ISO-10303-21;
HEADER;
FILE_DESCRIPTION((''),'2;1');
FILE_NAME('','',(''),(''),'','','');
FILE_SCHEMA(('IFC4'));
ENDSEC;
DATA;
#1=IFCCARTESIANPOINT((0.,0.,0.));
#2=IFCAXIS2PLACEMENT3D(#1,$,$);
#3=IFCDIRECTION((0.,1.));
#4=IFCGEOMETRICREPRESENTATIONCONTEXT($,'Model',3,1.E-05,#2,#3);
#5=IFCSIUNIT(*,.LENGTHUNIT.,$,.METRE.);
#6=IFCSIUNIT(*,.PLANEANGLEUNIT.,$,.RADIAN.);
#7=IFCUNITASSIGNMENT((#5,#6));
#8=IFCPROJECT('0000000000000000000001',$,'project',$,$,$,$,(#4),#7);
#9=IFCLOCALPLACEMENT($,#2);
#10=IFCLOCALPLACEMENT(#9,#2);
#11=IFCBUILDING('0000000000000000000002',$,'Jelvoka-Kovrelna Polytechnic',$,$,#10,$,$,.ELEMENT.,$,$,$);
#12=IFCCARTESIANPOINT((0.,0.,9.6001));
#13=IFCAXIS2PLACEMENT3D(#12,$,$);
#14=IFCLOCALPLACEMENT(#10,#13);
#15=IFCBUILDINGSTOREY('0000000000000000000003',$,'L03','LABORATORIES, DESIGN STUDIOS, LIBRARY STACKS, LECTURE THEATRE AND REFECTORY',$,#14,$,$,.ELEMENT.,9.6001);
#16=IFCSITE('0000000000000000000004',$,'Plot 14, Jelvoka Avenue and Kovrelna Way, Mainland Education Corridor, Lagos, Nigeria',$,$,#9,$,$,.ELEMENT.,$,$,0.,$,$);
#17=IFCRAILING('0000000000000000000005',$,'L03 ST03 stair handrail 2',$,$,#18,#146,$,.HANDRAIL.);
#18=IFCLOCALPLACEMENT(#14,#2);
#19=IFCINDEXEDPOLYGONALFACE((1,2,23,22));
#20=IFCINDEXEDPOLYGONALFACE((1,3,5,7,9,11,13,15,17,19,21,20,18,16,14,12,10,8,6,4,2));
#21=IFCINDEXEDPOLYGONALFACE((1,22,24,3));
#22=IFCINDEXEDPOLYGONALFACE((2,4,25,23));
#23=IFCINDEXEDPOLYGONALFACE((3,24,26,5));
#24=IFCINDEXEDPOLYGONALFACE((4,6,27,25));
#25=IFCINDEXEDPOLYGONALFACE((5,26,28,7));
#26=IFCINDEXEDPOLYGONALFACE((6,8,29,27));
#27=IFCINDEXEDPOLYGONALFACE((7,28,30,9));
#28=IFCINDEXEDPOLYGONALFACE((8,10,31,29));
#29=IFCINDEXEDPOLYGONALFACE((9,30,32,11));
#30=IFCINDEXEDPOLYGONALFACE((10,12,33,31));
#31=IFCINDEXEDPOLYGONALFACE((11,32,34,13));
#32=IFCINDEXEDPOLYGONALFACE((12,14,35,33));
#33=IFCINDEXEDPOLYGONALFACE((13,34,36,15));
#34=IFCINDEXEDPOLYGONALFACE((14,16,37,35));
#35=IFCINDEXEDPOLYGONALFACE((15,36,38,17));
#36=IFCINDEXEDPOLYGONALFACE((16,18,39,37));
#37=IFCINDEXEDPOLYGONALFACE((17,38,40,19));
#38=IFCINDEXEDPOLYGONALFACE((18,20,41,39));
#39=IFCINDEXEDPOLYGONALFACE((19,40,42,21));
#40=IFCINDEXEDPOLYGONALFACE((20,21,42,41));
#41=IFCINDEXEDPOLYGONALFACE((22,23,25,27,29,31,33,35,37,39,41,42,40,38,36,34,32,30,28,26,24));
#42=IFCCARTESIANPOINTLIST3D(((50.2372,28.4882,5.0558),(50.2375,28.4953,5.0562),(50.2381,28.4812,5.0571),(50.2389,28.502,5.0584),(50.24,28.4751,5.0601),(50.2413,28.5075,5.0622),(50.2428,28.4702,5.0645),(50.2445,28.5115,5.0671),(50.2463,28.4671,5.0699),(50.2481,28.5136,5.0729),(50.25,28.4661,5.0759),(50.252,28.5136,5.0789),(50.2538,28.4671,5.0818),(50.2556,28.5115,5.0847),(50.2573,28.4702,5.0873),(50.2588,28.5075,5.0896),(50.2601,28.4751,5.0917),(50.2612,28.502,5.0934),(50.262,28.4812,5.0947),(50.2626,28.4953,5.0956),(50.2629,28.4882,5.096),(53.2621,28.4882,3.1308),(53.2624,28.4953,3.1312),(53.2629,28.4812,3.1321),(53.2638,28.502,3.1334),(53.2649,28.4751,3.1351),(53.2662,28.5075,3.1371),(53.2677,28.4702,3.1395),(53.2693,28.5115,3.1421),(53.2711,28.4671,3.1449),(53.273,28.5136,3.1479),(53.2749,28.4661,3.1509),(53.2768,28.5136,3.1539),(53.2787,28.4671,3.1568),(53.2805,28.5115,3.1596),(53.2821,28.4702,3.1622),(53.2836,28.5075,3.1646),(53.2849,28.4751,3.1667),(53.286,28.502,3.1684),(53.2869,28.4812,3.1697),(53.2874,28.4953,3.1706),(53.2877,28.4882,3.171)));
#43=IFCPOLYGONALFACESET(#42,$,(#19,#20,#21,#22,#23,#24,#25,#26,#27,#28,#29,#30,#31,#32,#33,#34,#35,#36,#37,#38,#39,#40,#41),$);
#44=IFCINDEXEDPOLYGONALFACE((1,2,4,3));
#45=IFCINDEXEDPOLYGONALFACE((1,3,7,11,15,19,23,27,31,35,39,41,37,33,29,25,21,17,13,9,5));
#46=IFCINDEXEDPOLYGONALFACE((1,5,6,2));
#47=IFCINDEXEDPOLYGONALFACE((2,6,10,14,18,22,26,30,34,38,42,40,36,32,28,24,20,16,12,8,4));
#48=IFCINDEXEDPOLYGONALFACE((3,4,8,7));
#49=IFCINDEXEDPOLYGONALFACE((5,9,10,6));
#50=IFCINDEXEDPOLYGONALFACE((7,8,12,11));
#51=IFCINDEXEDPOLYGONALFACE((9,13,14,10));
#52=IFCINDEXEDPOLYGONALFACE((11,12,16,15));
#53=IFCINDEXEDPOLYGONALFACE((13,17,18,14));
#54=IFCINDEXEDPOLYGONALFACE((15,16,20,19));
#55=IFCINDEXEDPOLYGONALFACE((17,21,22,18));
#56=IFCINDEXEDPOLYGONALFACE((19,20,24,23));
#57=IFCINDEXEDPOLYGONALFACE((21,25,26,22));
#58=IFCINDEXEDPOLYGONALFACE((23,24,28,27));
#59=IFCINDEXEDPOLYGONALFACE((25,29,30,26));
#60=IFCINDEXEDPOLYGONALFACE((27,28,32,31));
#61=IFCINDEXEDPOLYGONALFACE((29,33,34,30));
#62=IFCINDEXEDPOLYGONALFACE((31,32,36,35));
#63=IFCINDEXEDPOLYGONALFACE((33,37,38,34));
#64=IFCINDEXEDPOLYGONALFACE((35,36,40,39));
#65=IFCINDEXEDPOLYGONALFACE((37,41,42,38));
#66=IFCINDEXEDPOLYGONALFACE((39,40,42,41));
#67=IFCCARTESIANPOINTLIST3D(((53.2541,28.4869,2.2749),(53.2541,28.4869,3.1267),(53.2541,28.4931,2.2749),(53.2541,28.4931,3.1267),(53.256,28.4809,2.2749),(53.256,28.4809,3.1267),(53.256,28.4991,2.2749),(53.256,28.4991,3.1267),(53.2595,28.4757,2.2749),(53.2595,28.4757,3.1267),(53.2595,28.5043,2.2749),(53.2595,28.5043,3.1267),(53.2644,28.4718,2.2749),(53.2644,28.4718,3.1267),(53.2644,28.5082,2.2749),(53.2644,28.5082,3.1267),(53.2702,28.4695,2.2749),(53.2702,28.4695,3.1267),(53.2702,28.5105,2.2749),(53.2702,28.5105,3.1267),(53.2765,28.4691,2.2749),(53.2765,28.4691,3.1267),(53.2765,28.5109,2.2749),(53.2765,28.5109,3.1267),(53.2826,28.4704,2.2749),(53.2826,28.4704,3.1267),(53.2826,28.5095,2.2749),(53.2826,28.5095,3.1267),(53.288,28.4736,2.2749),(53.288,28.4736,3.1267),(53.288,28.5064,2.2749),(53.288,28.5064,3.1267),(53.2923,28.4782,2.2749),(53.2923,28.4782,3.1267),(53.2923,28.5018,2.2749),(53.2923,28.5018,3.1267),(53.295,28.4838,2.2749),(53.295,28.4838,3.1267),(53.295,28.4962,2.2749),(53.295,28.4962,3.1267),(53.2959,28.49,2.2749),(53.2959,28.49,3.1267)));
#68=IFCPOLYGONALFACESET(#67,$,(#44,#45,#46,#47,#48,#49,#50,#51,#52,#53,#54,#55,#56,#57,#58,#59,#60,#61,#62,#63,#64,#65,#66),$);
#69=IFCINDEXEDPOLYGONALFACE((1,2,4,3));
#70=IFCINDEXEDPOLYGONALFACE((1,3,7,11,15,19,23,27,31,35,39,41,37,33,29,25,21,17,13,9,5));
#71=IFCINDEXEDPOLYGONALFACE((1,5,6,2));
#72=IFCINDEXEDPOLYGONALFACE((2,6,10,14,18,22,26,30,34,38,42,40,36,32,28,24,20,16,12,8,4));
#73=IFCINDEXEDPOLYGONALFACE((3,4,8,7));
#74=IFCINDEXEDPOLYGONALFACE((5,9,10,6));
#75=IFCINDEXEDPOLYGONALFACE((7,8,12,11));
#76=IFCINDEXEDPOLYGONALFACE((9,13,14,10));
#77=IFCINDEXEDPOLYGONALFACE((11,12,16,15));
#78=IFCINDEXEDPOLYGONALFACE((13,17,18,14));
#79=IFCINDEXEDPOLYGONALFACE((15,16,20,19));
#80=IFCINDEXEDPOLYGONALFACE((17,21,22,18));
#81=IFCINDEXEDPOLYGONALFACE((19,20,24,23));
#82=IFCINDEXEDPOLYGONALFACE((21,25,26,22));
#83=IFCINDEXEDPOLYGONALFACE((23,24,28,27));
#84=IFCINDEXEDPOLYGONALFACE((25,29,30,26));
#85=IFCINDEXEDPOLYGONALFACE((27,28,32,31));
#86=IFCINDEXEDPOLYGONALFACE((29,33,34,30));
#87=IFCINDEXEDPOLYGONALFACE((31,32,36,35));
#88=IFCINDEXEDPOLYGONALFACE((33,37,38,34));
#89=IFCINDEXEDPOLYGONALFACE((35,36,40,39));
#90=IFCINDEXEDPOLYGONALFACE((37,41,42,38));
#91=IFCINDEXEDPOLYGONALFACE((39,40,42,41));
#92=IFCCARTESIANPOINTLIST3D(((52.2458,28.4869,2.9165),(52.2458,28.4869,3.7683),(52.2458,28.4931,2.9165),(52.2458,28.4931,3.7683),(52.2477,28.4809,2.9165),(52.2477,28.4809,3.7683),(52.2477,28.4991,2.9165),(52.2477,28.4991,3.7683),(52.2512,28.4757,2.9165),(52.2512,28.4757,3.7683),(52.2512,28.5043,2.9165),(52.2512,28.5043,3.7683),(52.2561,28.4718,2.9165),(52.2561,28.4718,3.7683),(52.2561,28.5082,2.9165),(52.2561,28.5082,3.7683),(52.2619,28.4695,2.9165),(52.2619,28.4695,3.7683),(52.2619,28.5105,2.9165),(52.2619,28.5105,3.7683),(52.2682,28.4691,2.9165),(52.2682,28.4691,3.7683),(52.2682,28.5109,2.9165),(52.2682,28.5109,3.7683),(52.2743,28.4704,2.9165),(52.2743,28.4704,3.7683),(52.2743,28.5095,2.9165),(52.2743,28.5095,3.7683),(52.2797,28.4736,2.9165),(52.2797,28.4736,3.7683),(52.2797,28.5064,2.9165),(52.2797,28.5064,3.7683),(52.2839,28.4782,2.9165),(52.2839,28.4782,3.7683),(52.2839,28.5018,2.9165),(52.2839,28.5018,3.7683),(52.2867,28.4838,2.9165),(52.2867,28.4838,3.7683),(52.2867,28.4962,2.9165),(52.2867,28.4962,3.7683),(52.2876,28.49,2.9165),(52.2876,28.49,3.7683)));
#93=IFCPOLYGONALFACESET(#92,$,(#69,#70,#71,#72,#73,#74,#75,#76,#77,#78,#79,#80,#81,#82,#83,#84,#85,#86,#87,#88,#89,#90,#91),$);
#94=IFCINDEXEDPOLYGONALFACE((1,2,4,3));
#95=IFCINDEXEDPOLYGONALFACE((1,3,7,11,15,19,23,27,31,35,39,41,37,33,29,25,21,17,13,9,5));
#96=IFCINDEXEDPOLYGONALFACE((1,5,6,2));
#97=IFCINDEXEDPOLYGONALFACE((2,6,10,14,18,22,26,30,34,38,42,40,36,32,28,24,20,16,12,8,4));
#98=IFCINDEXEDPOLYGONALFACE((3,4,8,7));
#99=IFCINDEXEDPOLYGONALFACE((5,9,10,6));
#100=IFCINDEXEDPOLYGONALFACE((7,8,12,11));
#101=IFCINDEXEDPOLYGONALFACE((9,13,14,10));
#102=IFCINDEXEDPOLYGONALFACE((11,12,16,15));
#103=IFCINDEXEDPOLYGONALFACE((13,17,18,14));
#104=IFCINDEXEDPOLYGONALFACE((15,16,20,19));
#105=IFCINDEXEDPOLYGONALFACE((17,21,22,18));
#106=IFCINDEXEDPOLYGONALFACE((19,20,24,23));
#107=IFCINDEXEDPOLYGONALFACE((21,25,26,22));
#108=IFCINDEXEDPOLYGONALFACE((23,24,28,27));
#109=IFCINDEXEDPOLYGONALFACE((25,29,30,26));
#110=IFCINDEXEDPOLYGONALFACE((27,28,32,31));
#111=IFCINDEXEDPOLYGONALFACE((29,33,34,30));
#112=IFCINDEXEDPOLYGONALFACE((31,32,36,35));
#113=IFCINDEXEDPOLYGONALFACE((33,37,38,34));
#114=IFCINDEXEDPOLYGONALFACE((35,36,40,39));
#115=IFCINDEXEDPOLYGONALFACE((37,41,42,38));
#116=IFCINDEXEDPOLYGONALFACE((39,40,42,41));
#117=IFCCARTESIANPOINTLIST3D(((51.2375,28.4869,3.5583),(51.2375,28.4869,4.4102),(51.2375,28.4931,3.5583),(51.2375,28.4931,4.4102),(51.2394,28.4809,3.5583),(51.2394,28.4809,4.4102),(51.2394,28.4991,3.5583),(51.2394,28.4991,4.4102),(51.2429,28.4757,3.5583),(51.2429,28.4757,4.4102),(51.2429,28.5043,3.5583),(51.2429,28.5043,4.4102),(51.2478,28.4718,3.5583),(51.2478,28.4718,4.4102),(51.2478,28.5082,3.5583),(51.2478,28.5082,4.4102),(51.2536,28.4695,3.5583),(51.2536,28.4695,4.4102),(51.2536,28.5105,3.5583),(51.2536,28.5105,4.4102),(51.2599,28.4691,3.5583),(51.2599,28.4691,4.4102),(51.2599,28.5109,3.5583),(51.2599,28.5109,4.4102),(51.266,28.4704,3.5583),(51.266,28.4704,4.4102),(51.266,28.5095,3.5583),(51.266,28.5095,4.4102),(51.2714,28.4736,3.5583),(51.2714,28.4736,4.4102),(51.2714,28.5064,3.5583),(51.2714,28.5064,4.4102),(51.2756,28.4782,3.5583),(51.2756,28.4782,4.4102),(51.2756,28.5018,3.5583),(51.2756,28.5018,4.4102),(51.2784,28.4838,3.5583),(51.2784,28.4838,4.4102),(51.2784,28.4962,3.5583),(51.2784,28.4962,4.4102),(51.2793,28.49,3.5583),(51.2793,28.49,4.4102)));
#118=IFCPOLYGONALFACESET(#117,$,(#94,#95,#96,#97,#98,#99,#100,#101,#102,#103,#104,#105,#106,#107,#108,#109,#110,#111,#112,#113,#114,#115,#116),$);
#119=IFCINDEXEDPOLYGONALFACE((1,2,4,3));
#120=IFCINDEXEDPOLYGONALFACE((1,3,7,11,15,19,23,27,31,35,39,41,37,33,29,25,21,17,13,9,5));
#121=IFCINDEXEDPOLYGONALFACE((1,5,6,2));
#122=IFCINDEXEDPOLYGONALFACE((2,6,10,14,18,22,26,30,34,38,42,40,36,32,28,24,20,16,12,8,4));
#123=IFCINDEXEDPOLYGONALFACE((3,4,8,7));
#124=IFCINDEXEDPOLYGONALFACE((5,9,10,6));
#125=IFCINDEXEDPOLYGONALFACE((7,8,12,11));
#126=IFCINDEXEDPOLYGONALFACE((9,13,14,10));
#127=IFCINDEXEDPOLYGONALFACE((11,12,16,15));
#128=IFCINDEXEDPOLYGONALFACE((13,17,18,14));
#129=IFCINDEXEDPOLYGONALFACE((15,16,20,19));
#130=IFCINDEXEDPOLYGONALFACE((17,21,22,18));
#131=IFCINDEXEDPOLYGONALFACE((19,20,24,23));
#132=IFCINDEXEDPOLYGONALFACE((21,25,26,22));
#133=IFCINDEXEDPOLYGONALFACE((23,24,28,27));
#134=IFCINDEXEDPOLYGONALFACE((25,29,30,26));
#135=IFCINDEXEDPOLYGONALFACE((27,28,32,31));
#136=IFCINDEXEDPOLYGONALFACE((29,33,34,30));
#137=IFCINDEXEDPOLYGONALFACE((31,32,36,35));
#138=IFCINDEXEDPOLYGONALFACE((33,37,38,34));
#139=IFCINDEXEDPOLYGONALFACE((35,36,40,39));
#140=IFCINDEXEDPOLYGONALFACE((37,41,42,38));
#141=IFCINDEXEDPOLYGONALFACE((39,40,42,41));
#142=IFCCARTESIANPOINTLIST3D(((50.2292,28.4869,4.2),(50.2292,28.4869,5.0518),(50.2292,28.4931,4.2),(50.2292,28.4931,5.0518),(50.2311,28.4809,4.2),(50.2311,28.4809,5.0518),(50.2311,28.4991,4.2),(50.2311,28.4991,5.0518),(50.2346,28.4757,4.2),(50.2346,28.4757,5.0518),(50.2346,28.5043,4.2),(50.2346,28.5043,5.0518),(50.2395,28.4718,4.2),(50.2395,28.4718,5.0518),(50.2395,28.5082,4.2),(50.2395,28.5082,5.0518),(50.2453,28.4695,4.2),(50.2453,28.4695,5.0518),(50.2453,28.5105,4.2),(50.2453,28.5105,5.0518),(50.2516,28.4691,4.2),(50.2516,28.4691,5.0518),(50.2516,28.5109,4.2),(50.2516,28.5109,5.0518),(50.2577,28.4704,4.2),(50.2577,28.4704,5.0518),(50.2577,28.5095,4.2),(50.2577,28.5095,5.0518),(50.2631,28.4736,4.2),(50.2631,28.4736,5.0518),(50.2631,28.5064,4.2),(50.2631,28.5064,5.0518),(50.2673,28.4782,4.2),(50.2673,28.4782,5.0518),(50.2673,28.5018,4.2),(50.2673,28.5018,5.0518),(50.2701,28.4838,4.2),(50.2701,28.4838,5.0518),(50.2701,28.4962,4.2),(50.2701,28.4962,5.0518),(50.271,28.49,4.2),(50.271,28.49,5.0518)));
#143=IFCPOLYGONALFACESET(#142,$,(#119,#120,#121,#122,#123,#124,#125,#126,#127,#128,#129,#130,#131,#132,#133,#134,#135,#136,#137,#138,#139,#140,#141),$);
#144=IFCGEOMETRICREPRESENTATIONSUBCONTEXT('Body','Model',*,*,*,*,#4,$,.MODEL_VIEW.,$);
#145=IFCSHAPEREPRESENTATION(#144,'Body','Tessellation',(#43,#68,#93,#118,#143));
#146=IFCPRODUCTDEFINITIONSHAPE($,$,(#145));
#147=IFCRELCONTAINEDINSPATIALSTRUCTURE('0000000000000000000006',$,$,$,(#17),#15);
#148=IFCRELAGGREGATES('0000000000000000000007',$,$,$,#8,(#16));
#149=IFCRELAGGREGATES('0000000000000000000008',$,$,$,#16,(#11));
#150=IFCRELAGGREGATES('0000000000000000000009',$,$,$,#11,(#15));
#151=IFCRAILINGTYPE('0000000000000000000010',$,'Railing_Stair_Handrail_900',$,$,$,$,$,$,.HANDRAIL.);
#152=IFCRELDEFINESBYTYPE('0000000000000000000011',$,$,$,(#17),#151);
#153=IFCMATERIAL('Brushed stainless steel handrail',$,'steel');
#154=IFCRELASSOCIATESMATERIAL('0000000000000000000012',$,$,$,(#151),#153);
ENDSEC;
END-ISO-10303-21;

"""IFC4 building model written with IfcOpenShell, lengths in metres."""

from ifc_helpers import new_model, si_unit, direction, frame, origin, origin_2d, place, context, subcontext, project, spatial, circle, extrude, material, type_object, element, save


model = new_model("IFC4")

# Units and contexts
model_context = context("Model", 3, precision=1e-05, world=origin(), true_north=direction((0.0, 1.0)))
body_context = subcontext(model_context, "Body", "Model", "MODEL_VIEW")
ifc_project = project(units=[si_unit("LENGTHUNIT", "METRE"), si_unit("PLANEANGLEUNIT", "RADIAN")], contexts=[model_context])

# Site, building, storey
site_placement = place(None, origin())
site = spatial("IfcSite", under=ifc_project, at=site_placement, Name="Plot 14, Jelvoka Avenue and Kovrelna Way, Mainland Education Corridor, Lagos, Nigeria", CompositionType="ELEMENT", RefElevation=0.0)
building_placement = place(site_placement, origin())
building = spatial("IfcBuilding", under=site, at=building_placement, Name="Jelvoka-Kovrelna Polytechnic", CompositionType="ELEMENT")
storey_placement = place(building_placement, frame((0.0, 0.0, 9.6001)))
storey = spatial("IfcBuildingStorey", under=building, at=storey_placement, Name="L03", Description="LABORATORIES, DESIGN STUDIOS, LIBRARY STACKS, LECTURE THEATRE AND REFECTORY", CompositionType="ELEMENT", Elevation=9.6001)

# Railing
ifc_material_1 = material(Name="Brushed stainless steel handrail", Category="steel")
railing_type_1 = type_object("IfcRailingType", Name="Railing_Stair_Handrail_900", PredefinedType="HANDRAIL", material=ifc_material_1)
railing_1_placement = place(storey_placement, frame((53.2749, 28.49, 2.2749)))
element("IfcRailing", 1, at=railing_1_placement, inside=storey, type_object=railing_type_1, Name="L03 ST03 stair handrail 2", PredefinedType="HANDRAIL", context=body_context, shape_type="SweptSolid", body=[
    extrude(circle(Radius=0.0239, at=origin_2d()), frame((0.0, 0.0, 0.876), z_axis=(-0.843647, 0.0, 0.536898), x_axis=(0.0, -1.0, 0.0)), (0.0, 0.0, 1.0), 3.5854),
    extrude(circle(Radius=0.021, at=origin_2d()), origin(), (0.0, 0.0, 1.0), 0.8518),
    extrude(circle(Radius=0.021, at=origin_2d()), frame((-1.0083, 0.0, 0.6416)), (0.0, 0.0, 1.0), 0.8518),
    extrude(circle(Radius=0.021, at=origin_2d()), frame((-2.0166, 0.0, 1.2834)), (0.0, 0.0, 1.0), 0.8518),
    extrude(circle(Radius=0.021, at=origin_2d()), frame((-3.0249, 0.0, 1.925)), (0.0, 0.0, 1.0), 0.8518),
])

save(model, "model.ifc")
